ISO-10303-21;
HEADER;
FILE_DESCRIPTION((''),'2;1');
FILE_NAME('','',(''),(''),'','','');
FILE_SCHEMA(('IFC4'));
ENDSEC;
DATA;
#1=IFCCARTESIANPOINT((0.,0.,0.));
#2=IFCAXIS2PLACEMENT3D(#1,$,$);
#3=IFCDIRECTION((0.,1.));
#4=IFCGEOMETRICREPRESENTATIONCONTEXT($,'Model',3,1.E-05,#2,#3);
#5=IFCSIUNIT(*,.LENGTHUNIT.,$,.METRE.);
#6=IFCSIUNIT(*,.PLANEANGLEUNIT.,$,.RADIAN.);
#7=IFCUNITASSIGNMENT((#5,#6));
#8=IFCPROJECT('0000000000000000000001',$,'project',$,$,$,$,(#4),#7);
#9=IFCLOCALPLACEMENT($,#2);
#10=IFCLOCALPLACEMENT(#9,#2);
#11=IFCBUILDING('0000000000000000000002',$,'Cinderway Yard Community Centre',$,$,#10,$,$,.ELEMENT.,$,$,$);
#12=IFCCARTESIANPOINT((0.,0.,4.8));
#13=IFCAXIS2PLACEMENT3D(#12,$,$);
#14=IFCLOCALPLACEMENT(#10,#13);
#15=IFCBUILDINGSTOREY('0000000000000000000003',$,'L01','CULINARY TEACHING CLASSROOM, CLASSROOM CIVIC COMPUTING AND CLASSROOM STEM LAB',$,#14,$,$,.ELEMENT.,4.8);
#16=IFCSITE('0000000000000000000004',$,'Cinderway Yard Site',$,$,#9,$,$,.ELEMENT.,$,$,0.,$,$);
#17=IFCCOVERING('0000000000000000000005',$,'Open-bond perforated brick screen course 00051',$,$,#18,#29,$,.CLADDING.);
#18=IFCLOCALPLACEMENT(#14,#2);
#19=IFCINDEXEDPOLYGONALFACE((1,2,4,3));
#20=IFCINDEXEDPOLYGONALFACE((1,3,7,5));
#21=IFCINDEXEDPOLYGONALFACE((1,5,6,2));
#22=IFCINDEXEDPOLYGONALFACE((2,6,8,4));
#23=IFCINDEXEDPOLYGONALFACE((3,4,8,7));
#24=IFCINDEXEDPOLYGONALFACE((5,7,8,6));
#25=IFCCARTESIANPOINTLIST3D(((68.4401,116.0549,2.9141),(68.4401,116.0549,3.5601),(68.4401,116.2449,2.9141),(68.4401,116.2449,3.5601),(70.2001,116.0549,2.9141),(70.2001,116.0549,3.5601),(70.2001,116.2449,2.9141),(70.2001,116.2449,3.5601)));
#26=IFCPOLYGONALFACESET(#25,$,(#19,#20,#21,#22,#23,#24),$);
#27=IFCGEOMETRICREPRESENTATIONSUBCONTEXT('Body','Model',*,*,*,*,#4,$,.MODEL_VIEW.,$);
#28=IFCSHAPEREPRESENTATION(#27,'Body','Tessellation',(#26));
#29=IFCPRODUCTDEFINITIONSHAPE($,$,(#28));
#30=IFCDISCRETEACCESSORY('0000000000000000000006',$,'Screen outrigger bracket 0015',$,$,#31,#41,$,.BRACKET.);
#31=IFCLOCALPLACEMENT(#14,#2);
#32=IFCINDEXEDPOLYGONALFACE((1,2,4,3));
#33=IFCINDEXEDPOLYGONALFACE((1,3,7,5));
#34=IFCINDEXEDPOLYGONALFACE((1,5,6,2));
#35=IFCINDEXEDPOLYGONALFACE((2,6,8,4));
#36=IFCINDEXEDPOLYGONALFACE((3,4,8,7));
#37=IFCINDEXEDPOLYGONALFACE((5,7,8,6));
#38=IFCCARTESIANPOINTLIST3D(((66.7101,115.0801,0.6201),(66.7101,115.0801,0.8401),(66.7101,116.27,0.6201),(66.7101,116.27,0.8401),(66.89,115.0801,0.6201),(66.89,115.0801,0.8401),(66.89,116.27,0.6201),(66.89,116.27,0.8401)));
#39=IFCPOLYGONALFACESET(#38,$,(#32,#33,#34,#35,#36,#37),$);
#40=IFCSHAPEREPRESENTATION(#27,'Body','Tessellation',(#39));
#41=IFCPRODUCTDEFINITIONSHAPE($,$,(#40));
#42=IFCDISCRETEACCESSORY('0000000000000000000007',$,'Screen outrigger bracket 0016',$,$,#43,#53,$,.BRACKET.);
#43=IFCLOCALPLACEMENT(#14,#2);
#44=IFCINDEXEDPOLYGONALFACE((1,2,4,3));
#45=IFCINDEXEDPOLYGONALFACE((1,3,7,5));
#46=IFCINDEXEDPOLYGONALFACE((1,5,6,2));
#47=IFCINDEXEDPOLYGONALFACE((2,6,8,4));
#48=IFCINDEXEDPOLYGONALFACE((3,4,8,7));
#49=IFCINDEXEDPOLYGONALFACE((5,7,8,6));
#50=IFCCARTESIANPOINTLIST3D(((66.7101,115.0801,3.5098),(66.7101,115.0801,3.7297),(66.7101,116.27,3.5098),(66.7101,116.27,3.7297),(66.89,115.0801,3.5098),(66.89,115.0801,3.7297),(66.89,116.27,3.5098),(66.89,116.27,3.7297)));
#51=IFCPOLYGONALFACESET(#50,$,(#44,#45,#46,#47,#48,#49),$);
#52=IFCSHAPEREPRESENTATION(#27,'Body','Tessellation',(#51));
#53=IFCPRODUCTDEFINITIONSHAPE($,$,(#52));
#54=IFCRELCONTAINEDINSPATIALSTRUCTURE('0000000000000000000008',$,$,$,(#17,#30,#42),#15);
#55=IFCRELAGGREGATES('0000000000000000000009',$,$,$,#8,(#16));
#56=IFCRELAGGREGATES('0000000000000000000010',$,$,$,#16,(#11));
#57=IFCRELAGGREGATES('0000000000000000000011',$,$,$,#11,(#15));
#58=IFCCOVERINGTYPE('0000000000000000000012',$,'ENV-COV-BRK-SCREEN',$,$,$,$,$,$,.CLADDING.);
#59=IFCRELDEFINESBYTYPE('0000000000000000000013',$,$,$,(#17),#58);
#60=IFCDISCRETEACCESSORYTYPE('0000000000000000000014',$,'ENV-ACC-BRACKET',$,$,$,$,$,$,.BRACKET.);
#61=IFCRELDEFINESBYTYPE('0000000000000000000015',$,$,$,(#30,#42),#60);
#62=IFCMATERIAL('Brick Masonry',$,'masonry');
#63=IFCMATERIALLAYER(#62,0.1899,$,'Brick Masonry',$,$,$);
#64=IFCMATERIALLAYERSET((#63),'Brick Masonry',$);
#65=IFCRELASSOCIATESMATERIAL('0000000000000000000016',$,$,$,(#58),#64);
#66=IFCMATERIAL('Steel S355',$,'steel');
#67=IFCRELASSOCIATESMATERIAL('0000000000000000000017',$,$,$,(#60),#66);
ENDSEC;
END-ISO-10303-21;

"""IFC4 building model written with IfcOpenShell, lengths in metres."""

from ifc_helpers import new_model, si_unit, direction, frame, origin, origin_2d, place, context, subcontext, project, spatial, rectangle, extrude, material, layer, layer_set, type_object, element, save


model = new_model("IFC4")

# Units and contexts
model_context = context("Model", 3, precision=1e-05, world=origin(), true_north=direction((0.0, 1.0)))
body_context = subcontext(model_context, "Body", "Model", "MODEL_VIEW")
ifc_project = project(units=[si_unit("LENGTHUNIT", "METRE"), si_unit("PLANEANGLEUNIT", "RADIAN")], contexts=[model_context])

# Site, building, storey
site_placement = place(None, origin())
site = spatial("IfcSite", under=ifc_project, at=site_placement, Name="Cinderway Yard Site", CompositionType="ELEMENT", RefElevation=0.0)
building_placement = place(site_placement, origin())
building = spatial("IfcBuilding", under=site, at=building_placement, Name="Cinderway Yard Community Centre", CompositionType="ELEMENT")
storey_placement = place(building_placement, frame((0.0, 0.0, 4.8)))
storey = spatial("IfcBuildingStorey", under=building, at=storey_placement, Name="L01", Description="CULINARY TEACHING CLASSROOM, CLASSROOM CIVIC COMPUTING AND CLASSROOM STEM LAB", CompositionType="ELEMENT", Elevation=4.8)

# Shared definitions
ifc_material_1 = material(Name="Steel S355", Category="steel")

# Covering
ifc_material_2 = material(Name="Brick Masonry", Category="masonry")
ifc_layer_1 = layer(ifc_material_2, 0.1899, Name="Brick Masonry")
ifc_layer_set_1 = layer_set([ifc_layer_1], Name="Brick Masonry")
covering_type = type_object("IfcCoveringType", Name="ENV-COV-BRK-SCREEN", PredefinedType="CLADDING", material=ifc_layer_set_1)
for number, where, z_axis, x_axis, name in (
    (1, (69.3201, 116.1499, 2.9141), (0.0, 0.0, 1.0), (1.0, 0.0, 0.0), "Open-bond perforated brick screen course 00051"),
):
    element("IfcCovering", number, at=place(storey_placement, frame(where, z_axis=z_axis, x_axis=x_axis)), inside=storey, type_object=covering_type, Name=name, PredefinedType="CLADDING", context=body_context, shape_type="SweptSolid", body=[
        extrude(rectangle(XDim=1.76, YDim=0.1899, at=origin_2d()), origin(), (0.0, 0.0, 1.0), 0.646),
    ])

# Discrete accessories
discrete_accessory_type = type_object("IfcDiscreteAccessoryType", Name="ENV-ACC-BRACKET", PredefinedType="BRACKET", material=ifc_material_1)
for number, where, z_axis, x_axis, name in (
    (2, (66.8, 115.675, 0.6201), (0.0, 0.0, 1.0), (0.0, 1.0, 0.0), "Screen outrigger bracket 0015"),
    (3, (66.8, 115.675, 3.5098), (0.0, 0.0, 1.0), (0.0, 1.0, 0.0), "Screen outrigger bracket 0016"),
):
    element("IfcDiscreteAccessory", number, at=place(storey_placement, frame(where, z_axis=z_axis, x_axis=x_axis)), inside=storey, type_object=discrete_accessory_type, Name=name, PredefinedType="BRACKET", context=body_context, shape_type="SweptSolid", body=[
        extrude(rectangle(XDim=1.1899, YDim=0.1799, at=origin_2d()), origin(), (0.0, 0.0, 1.0), 0.22),
    ])

save(model, "model.ifc")
